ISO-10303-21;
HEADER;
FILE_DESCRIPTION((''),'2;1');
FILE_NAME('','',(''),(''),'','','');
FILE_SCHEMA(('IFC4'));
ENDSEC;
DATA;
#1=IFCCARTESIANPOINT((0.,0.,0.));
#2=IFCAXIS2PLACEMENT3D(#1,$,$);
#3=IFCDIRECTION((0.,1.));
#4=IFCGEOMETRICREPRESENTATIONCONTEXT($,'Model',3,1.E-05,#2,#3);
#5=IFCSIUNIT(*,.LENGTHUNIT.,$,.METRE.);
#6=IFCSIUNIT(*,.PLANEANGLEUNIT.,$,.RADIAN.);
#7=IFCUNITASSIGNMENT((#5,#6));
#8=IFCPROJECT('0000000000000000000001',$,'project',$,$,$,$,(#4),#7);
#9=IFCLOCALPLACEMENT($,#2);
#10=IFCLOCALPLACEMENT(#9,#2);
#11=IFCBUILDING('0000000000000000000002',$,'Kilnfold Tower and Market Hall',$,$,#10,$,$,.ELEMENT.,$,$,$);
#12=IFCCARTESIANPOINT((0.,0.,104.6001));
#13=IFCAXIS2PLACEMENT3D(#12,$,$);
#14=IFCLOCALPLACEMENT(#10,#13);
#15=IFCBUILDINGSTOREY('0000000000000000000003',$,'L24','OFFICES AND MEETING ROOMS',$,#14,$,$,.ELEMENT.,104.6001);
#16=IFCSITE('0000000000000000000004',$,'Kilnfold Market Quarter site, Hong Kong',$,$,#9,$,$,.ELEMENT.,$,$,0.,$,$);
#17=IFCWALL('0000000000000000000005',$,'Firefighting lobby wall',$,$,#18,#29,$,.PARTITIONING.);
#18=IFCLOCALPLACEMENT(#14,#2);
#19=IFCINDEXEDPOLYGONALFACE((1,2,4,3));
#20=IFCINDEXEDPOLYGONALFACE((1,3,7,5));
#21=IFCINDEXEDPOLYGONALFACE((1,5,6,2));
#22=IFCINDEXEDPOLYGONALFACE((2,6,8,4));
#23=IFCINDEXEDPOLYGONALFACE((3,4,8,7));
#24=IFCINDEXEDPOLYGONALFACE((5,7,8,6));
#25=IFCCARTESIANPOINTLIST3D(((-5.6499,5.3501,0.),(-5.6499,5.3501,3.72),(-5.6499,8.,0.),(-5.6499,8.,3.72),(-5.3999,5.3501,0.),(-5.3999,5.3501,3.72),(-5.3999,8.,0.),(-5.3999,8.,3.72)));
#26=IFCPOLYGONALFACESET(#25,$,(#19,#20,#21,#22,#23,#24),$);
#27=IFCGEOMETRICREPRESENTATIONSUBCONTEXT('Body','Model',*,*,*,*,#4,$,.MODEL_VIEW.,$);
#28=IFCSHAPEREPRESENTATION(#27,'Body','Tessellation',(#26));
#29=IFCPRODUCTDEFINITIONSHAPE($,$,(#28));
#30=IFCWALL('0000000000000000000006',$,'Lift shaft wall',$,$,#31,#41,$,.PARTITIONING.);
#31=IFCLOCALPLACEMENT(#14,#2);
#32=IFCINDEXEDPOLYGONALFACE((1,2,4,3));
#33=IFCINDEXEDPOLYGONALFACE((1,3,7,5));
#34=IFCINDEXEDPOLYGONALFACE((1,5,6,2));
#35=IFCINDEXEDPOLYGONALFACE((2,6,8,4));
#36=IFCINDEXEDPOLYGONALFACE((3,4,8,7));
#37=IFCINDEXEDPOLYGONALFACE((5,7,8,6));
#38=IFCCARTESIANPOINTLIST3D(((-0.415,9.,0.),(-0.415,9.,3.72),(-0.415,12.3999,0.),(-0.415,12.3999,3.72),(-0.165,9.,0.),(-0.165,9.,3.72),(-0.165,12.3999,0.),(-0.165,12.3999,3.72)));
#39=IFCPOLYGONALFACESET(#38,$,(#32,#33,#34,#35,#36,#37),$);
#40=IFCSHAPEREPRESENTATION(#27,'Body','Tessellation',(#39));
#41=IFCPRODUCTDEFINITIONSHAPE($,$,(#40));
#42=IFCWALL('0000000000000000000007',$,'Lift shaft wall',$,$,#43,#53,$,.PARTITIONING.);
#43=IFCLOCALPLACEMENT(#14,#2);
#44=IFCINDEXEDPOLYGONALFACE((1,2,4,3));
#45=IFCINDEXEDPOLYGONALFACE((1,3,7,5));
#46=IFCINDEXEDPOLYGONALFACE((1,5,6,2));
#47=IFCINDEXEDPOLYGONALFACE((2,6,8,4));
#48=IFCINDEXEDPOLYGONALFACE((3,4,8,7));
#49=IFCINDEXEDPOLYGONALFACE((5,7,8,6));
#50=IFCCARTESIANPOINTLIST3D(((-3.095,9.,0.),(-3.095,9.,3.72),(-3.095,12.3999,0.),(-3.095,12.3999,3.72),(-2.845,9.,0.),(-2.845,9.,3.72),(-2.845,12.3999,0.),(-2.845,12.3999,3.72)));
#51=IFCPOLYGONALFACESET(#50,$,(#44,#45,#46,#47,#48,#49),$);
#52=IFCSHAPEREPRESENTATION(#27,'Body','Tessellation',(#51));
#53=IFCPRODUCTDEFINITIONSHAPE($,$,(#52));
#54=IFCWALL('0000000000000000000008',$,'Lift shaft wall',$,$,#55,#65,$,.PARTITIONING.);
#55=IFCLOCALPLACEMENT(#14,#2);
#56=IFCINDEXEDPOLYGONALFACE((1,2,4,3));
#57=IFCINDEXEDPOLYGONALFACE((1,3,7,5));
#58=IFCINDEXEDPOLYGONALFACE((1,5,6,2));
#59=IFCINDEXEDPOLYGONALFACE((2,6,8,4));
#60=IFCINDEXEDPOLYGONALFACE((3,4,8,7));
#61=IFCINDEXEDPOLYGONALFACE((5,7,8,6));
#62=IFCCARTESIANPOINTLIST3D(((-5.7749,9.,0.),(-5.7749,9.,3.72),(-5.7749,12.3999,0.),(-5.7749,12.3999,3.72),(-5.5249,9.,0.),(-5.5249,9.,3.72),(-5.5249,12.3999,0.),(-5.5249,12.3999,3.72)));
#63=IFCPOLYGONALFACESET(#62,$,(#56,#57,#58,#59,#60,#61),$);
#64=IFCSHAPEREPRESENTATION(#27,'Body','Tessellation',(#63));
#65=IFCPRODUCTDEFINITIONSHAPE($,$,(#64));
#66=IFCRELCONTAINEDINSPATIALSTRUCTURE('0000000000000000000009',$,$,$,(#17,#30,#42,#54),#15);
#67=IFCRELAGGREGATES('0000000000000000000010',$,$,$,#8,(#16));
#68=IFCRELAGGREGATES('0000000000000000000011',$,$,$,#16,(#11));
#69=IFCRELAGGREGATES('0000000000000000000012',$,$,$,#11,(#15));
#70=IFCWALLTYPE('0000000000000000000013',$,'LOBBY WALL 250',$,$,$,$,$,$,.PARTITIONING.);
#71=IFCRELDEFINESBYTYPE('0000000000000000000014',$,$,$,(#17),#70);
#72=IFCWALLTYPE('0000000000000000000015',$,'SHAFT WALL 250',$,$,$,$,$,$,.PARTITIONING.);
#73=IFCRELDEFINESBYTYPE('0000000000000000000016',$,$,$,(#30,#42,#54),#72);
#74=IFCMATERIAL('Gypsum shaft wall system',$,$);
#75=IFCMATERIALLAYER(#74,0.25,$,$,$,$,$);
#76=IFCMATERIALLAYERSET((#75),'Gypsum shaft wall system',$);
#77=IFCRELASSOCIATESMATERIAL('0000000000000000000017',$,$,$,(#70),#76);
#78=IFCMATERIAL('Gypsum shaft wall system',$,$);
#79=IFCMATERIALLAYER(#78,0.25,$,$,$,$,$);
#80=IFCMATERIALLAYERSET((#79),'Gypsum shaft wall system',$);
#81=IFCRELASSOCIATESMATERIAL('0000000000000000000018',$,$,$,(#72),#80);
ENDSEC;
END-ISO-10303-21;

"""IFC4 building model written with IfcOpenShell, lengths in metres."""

from ifc_helpers import new_model, si_unit, direction, frame, frame_2d, origin, place, context, subcontext, project, spatial, rectangle, extrude, source, transform, mapped, material, layer, layer_set, type_object, element, save


model = new_model("IFC4")

# Units and contexts
model_context = context("Model", 3, precision=1e-05, world=origin(), true_north=direction((0.0, 1.0)))
body_context = subcontext(model_context, "Body", "Model", "MODEL_VIEW")
ifc_project = project(units=[si_unit("LENGTHUNIT", "METRE"), si_unit("PLANEANGLEUNIT", "RADIAN")], contexts=[model_context])

# Site, building, storey
site_placement = place(None, origin())
site = spatial("IfcSite", under=ifc_project, at=site_placement, Name="Kilnfold Market Quarter site, Hong Kong", CompositionType="ELEMENT", RefElevation=0.0)
building_placement = place(site_placement, origin())
building = spatial("IfcBuilding", under=site, at=building_placement, Name="Kilnfold Tower and Market Hall", CompositionType="ELEMENT")
storey_placement = place(building_placement, frame((0.0, 0.0, 104.6001)))
storey = spatial("IfcBuildingStorey", under=building, at=storey_placement, Name="L24", Description="OFFICES AND MEETING ROOMS", CompositionType="ELEMENT", Elevation=104.6001)

# Walls
ifc_material_1 = material(Name="Gypsum shaft wall system")
ifc_layer_1 = layer(ifc_material_1, 0.25)
ifc_layer_set_1 = layer_set([ifc_layer_1], Name="Gypsum shaft wall system")
wall_type_1 = type_object("IfcWallType", Name="LOBBY WALL 250", PredefinedType="PARTITIONING", material=ifc_layer_set_1)
shared_shape_1 = source(origin(), body_context, "Body", "SweptSolid", [
    extrude(rectangle(XDim=2.6499, YDim=0.25, at=frame_2d((1.325, 0.0))), origin(), (0.0, 0.0, 1.0), 3.72),
])
wall_1_placement = place(storey_placement, frame((-5.5249, 5.3501, 0.0), z_axis=(0.0, 0.0, 1.0), x_axis=(0.0, 1.0, 0.0)))
element("IfcWall", 1, at=wall_1_placement, inside=storey, type_object=wall_type_1, Name="Firefighting lobby wall", PredefinedType="PARTITIONING", context=body_context, shape_type="MappedRepresentation", body=[
    mapped(shared_shape_1, transform((0.0, 0.0, 0.0))),
])
ifc_material_2 = material(Name="Gypsum shaft wall system")
ifc_layer_2 = layer(ifc_material_2, 0.25)
ifc_layer_set_2 = layer_set([ifc_layer_2], Name="Gypsum shaft wall system")
wall_type_2 = type_object("IfcWallType", Name="SHAFT WALL 250", PredefinedType="PARTITIONING", material=ifc_layer_set_2)
shared_shape_2 = source(origin(), body_context, "Body", "SweptSolid", [
    extrude(rectangle(XDim=3.3999, YDim=0.25, at=frame_2d((1.7, 0.0))), origin(), (0.0, 0.0, 1.0), 3.72),
])
for number, where, z_axis, x_axis, name in (
    (2, (-0.29, 9.0, 0.0), (0.0, 0.0, 1.0), (0.0, 1.0, 0.0), "Lift shaft wall"),
    (3, (-2.97, 9.0, 0.0), (0.0, 0.0, 1.0), (0.0, 1.0, 0.0), "Lift shaft wall"),
    (4, (-5.6499, 9.0, 0.0), (0.0, 0.0, 1.0), (0.0, 1.0, 0.0), "Lift shaft wall"),
):
    element("IfcWall", number, at=place(storey_placement, frame(where, z_axis=z_axis, x_axis=x_axis)), inside=storey, type_object=wall_type_2, Name=name, PredefinedType="PARTITIONING", context=body_context, shape_type="MappedRepresentation", body=[
        mapped(shared_shape_2, transform((0.0, 0.0, 0.0))),
    ])

save(model, "model.ifc")
